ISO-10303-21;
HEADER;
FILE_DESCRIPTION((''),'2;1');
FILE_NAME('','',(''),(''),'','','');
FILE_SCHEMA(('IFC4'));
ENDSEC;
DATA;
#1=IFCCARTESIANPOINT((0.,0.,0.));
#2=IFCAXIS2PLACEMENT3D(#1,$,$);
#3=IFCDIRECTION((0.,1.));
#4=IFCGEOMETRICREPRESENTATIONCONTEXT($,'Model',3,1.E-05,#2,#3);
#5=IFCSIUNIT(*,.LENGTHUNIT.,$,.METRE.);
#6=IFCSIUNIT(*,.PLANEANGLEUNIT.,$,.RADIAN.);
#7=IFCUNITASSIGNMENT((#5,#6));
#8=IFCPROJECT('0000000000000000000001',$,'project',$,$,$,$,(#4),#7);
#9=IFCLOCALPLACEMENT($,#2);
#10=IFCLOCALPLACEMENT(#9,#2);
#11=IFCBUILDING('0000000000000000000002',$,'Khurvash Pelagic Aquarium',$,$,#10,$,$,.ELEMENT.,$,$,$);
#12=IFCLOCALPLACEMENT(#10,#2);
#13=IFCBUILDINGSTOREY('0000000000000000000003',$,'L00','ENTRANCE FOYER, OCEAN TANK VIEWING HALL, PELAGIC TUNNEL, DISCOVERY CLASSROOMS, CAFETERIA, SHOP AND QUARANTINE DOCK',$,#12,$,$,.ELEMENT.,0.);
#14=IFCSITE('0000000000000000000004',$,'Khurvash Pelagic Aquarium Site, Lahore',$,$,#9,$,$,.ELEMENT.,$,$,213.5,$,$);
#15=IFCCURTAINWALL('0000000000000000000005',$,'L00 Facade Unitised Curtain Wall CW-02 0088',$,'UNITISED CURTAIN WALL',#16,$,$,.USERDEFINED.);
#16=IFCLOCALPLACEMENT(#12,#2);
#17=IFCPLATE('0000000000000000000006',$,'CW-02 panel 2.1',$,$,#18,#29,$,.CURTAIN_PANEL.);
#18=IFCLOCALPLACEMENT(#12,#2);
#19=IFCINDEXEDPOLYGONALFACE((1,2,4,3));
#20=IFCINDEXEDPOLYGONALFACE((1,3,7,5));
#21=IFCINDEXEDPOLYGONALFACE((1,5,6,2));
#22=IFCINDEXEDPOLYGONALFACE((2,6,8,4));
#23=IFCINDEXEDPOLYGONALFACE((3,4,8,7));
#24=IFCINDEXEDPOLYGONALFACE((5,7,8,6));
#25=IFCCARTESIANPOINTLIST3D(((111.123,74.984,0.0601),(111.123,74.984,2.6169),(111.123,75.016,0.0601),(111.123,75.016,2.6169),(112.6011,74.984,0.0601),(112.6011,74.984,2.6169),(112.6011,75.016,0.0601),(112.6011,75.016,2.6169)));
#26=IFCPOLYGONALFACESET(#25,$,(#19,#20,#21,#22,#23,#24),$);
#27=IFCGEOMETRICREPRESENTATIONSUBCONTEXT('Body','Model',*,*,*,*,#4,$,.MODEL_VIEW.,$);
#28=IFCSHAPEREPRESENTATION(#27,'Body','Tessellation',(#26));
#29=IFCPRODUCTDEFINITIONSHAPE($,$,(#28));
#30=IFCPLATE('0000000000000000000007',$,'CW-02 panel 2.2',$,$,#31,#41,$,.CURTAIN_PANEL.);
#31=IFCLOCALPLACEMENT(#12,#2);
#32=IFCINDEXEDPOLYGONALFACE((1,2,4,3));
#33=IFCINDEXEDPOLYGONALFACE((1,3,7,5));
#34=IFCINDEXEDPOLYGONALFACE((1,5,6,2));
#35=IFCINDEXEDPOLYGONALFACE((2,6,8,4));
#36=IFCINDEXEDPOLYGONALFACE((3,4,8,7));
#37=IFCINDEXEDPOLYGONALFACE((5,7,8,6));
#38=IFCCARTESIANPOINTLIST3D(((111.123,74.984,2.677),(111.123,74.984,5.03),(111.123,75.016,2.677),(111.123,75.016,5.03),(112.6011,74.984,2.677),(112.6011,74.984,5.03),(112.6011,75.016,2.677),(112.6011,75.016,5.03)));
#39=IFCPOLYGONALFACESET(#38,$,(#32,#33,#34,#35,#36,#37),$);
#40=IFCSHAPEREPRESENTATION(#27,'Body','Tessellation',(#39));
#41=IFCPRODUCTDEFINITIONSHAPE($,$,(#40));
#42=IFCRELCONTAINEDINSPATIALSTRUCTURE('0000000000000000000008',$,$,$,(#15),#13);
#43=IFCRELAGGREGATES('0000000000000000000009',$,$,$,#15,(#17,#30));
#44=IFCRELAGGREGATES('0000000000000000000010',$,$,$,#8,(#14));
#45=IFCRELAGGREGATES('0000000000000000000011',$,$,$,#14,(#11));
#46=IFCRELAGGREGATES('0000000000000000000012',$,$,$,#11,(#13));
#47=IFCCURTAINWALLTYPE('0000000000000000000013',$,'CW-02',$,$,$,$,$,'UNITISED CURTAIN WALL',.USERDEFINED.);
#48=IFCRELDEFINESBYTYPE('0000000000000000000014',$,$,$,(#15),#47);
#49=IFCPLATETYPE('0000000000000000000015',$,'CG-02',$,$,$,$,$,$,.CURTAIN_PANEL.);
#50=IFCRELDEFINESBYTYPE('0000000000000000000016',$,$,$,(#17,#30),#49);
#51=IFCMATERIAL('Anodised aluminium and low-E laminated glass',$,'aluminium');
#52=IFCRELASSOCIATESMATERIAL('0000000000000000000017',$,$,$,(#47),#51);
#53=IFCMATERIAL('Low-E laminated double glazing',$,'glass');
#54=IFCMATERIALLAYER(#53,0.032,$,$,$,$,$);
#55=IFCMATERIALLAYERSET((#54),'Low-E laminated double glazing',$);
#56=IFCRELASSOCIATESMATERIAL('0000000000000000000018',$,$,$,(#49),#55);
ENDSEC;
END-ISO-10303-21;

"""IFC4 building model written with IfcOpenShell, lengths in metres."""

from ifc_helpers import new_model, si_unit, direction, frame, origin, origin_2d, place, context, subcontext, project, spatial, rectangle, extrude, material, layer, layer_set, type_object, element, aggregate, save


model = new_model("IFC4")

# Units and contexts
model_context = context("Model", 3, precision=1e-05, world=origin(), true_north=direction((0.0, 1.0)))
body_context = subcontext(model_context, "Body", "Model", "MODEL_VIEW")
ifc_project = project(units=[si_unit("LENGTHUNIT", "METRE"), si_unit("PLANEANGLEUNIT", "RADIAN")], contexts=[model_context])

# Site, building, storey
site_placement = place(None, origin())
site = spatial("IfcSite", under=ifc_project, at=site_placement, Name="Khurvash Pelagic Aquarium Site, Lahore", CompositionType="ELEMENT", RefElevation=213.5)
building_placement = place(site_placement, origin())
building = spatial("IfcBuilding", under=site, at=building_placement, Name="Khurvash Pelagic Aquarium", CompositionType="ELEMENT")
storey_placement = place(building_placement, origin())
storey = spatial("IfcBuildingStorey", under=building, at=storey_placement, Name="L00", Description="ENTRANCE FOYER, OCEAN TANK VIEWING HALL, PELAGIC TUNNEL, DISCOVERY CLASSROOMS, CAFETERIA, SHOP AND QUARANTINE DOCK", CompositionType="ELEMENT", Elevation=0.0)

# Curtain wall
ifc_material_1 = material(Name="Anodised aluminium and low-E laminated glass", Category="aluminium")
curtain_wall_type = type_object("IfcCurtainWallType", Name="CW-02", ElementType="UNITISED CURTAIN WALL", PredefinedType="USERDEFINED", material=ifc_material_1)
curtain_wall_1_placement = place(storey_placement, origin())
curtain_wall_1 = element("IfcCurtainWall", 1, at=curtain_wall_1_placement, inside=storey, type_object=curtain_wall_type, Name="L00 Facade Unitised Curtain Wall CW-02 0088", ObjectType="UNITISED CURTAIN WALL", PredefinedType="USERDEFINED")

# Plates
ifc_material_2 = material(Name="Low-E laminated double glazing", Category="glass")
ifc_layer = layer(ifc_material_2, 0.032)
ifc_layer_set = layer_set([ifc_layer], Name="Low-E laminated double glazing")
plate_type = type_object("IfcPlateType", Name="CG-02", PredefinedType="CURTAIN_PANEL", material=ifc_layer_set)
plate_1_placement = place(storey_placement, frame((111.8621, 75.0, 0.0601), z_axis=(0.0, 0.0, 1.0), x_axis=(1.0, 0.0, 0.0)))
plate_1 = element("IfcPlate", 2, at=plate_1_placement, type_object=plate_type, Name="CW-02 panel 2.1", PredefinedType="CURTAIN_PANEL", context=body_context, shape_type="SweptSolid", body=[
    extrude(rectangle(XDim=1.478, YDim=0.032, at=origin_2d()), origin(), (0.0, 0.0, 1.0), 2.5569),
])
plate_2_placement = place(storey_placement, frame((111.8621, 75.0, 2.677), z_axis=(0.0, 0.0, 1.0), x_axis=(1.0, 0.0, 0.0)))
plate_2 = element("IfcPlate", 3, at=plate_2_placement, type_object=plate_type, Name="CW-02 panel 2.2", PredefinedType="CURTAIN_PANEL", context=body_context, shape_type="SweptSolid", body=[
    extrude(rectangle(XDim=1.478, YDim=0.032, at=origin_2d()), origin(), (0.0, 0.0, 1.0), 2.353),
])
aggregate(curtain_wall_1, [plate_1, plate_2])

save(model, "model.ifc")
